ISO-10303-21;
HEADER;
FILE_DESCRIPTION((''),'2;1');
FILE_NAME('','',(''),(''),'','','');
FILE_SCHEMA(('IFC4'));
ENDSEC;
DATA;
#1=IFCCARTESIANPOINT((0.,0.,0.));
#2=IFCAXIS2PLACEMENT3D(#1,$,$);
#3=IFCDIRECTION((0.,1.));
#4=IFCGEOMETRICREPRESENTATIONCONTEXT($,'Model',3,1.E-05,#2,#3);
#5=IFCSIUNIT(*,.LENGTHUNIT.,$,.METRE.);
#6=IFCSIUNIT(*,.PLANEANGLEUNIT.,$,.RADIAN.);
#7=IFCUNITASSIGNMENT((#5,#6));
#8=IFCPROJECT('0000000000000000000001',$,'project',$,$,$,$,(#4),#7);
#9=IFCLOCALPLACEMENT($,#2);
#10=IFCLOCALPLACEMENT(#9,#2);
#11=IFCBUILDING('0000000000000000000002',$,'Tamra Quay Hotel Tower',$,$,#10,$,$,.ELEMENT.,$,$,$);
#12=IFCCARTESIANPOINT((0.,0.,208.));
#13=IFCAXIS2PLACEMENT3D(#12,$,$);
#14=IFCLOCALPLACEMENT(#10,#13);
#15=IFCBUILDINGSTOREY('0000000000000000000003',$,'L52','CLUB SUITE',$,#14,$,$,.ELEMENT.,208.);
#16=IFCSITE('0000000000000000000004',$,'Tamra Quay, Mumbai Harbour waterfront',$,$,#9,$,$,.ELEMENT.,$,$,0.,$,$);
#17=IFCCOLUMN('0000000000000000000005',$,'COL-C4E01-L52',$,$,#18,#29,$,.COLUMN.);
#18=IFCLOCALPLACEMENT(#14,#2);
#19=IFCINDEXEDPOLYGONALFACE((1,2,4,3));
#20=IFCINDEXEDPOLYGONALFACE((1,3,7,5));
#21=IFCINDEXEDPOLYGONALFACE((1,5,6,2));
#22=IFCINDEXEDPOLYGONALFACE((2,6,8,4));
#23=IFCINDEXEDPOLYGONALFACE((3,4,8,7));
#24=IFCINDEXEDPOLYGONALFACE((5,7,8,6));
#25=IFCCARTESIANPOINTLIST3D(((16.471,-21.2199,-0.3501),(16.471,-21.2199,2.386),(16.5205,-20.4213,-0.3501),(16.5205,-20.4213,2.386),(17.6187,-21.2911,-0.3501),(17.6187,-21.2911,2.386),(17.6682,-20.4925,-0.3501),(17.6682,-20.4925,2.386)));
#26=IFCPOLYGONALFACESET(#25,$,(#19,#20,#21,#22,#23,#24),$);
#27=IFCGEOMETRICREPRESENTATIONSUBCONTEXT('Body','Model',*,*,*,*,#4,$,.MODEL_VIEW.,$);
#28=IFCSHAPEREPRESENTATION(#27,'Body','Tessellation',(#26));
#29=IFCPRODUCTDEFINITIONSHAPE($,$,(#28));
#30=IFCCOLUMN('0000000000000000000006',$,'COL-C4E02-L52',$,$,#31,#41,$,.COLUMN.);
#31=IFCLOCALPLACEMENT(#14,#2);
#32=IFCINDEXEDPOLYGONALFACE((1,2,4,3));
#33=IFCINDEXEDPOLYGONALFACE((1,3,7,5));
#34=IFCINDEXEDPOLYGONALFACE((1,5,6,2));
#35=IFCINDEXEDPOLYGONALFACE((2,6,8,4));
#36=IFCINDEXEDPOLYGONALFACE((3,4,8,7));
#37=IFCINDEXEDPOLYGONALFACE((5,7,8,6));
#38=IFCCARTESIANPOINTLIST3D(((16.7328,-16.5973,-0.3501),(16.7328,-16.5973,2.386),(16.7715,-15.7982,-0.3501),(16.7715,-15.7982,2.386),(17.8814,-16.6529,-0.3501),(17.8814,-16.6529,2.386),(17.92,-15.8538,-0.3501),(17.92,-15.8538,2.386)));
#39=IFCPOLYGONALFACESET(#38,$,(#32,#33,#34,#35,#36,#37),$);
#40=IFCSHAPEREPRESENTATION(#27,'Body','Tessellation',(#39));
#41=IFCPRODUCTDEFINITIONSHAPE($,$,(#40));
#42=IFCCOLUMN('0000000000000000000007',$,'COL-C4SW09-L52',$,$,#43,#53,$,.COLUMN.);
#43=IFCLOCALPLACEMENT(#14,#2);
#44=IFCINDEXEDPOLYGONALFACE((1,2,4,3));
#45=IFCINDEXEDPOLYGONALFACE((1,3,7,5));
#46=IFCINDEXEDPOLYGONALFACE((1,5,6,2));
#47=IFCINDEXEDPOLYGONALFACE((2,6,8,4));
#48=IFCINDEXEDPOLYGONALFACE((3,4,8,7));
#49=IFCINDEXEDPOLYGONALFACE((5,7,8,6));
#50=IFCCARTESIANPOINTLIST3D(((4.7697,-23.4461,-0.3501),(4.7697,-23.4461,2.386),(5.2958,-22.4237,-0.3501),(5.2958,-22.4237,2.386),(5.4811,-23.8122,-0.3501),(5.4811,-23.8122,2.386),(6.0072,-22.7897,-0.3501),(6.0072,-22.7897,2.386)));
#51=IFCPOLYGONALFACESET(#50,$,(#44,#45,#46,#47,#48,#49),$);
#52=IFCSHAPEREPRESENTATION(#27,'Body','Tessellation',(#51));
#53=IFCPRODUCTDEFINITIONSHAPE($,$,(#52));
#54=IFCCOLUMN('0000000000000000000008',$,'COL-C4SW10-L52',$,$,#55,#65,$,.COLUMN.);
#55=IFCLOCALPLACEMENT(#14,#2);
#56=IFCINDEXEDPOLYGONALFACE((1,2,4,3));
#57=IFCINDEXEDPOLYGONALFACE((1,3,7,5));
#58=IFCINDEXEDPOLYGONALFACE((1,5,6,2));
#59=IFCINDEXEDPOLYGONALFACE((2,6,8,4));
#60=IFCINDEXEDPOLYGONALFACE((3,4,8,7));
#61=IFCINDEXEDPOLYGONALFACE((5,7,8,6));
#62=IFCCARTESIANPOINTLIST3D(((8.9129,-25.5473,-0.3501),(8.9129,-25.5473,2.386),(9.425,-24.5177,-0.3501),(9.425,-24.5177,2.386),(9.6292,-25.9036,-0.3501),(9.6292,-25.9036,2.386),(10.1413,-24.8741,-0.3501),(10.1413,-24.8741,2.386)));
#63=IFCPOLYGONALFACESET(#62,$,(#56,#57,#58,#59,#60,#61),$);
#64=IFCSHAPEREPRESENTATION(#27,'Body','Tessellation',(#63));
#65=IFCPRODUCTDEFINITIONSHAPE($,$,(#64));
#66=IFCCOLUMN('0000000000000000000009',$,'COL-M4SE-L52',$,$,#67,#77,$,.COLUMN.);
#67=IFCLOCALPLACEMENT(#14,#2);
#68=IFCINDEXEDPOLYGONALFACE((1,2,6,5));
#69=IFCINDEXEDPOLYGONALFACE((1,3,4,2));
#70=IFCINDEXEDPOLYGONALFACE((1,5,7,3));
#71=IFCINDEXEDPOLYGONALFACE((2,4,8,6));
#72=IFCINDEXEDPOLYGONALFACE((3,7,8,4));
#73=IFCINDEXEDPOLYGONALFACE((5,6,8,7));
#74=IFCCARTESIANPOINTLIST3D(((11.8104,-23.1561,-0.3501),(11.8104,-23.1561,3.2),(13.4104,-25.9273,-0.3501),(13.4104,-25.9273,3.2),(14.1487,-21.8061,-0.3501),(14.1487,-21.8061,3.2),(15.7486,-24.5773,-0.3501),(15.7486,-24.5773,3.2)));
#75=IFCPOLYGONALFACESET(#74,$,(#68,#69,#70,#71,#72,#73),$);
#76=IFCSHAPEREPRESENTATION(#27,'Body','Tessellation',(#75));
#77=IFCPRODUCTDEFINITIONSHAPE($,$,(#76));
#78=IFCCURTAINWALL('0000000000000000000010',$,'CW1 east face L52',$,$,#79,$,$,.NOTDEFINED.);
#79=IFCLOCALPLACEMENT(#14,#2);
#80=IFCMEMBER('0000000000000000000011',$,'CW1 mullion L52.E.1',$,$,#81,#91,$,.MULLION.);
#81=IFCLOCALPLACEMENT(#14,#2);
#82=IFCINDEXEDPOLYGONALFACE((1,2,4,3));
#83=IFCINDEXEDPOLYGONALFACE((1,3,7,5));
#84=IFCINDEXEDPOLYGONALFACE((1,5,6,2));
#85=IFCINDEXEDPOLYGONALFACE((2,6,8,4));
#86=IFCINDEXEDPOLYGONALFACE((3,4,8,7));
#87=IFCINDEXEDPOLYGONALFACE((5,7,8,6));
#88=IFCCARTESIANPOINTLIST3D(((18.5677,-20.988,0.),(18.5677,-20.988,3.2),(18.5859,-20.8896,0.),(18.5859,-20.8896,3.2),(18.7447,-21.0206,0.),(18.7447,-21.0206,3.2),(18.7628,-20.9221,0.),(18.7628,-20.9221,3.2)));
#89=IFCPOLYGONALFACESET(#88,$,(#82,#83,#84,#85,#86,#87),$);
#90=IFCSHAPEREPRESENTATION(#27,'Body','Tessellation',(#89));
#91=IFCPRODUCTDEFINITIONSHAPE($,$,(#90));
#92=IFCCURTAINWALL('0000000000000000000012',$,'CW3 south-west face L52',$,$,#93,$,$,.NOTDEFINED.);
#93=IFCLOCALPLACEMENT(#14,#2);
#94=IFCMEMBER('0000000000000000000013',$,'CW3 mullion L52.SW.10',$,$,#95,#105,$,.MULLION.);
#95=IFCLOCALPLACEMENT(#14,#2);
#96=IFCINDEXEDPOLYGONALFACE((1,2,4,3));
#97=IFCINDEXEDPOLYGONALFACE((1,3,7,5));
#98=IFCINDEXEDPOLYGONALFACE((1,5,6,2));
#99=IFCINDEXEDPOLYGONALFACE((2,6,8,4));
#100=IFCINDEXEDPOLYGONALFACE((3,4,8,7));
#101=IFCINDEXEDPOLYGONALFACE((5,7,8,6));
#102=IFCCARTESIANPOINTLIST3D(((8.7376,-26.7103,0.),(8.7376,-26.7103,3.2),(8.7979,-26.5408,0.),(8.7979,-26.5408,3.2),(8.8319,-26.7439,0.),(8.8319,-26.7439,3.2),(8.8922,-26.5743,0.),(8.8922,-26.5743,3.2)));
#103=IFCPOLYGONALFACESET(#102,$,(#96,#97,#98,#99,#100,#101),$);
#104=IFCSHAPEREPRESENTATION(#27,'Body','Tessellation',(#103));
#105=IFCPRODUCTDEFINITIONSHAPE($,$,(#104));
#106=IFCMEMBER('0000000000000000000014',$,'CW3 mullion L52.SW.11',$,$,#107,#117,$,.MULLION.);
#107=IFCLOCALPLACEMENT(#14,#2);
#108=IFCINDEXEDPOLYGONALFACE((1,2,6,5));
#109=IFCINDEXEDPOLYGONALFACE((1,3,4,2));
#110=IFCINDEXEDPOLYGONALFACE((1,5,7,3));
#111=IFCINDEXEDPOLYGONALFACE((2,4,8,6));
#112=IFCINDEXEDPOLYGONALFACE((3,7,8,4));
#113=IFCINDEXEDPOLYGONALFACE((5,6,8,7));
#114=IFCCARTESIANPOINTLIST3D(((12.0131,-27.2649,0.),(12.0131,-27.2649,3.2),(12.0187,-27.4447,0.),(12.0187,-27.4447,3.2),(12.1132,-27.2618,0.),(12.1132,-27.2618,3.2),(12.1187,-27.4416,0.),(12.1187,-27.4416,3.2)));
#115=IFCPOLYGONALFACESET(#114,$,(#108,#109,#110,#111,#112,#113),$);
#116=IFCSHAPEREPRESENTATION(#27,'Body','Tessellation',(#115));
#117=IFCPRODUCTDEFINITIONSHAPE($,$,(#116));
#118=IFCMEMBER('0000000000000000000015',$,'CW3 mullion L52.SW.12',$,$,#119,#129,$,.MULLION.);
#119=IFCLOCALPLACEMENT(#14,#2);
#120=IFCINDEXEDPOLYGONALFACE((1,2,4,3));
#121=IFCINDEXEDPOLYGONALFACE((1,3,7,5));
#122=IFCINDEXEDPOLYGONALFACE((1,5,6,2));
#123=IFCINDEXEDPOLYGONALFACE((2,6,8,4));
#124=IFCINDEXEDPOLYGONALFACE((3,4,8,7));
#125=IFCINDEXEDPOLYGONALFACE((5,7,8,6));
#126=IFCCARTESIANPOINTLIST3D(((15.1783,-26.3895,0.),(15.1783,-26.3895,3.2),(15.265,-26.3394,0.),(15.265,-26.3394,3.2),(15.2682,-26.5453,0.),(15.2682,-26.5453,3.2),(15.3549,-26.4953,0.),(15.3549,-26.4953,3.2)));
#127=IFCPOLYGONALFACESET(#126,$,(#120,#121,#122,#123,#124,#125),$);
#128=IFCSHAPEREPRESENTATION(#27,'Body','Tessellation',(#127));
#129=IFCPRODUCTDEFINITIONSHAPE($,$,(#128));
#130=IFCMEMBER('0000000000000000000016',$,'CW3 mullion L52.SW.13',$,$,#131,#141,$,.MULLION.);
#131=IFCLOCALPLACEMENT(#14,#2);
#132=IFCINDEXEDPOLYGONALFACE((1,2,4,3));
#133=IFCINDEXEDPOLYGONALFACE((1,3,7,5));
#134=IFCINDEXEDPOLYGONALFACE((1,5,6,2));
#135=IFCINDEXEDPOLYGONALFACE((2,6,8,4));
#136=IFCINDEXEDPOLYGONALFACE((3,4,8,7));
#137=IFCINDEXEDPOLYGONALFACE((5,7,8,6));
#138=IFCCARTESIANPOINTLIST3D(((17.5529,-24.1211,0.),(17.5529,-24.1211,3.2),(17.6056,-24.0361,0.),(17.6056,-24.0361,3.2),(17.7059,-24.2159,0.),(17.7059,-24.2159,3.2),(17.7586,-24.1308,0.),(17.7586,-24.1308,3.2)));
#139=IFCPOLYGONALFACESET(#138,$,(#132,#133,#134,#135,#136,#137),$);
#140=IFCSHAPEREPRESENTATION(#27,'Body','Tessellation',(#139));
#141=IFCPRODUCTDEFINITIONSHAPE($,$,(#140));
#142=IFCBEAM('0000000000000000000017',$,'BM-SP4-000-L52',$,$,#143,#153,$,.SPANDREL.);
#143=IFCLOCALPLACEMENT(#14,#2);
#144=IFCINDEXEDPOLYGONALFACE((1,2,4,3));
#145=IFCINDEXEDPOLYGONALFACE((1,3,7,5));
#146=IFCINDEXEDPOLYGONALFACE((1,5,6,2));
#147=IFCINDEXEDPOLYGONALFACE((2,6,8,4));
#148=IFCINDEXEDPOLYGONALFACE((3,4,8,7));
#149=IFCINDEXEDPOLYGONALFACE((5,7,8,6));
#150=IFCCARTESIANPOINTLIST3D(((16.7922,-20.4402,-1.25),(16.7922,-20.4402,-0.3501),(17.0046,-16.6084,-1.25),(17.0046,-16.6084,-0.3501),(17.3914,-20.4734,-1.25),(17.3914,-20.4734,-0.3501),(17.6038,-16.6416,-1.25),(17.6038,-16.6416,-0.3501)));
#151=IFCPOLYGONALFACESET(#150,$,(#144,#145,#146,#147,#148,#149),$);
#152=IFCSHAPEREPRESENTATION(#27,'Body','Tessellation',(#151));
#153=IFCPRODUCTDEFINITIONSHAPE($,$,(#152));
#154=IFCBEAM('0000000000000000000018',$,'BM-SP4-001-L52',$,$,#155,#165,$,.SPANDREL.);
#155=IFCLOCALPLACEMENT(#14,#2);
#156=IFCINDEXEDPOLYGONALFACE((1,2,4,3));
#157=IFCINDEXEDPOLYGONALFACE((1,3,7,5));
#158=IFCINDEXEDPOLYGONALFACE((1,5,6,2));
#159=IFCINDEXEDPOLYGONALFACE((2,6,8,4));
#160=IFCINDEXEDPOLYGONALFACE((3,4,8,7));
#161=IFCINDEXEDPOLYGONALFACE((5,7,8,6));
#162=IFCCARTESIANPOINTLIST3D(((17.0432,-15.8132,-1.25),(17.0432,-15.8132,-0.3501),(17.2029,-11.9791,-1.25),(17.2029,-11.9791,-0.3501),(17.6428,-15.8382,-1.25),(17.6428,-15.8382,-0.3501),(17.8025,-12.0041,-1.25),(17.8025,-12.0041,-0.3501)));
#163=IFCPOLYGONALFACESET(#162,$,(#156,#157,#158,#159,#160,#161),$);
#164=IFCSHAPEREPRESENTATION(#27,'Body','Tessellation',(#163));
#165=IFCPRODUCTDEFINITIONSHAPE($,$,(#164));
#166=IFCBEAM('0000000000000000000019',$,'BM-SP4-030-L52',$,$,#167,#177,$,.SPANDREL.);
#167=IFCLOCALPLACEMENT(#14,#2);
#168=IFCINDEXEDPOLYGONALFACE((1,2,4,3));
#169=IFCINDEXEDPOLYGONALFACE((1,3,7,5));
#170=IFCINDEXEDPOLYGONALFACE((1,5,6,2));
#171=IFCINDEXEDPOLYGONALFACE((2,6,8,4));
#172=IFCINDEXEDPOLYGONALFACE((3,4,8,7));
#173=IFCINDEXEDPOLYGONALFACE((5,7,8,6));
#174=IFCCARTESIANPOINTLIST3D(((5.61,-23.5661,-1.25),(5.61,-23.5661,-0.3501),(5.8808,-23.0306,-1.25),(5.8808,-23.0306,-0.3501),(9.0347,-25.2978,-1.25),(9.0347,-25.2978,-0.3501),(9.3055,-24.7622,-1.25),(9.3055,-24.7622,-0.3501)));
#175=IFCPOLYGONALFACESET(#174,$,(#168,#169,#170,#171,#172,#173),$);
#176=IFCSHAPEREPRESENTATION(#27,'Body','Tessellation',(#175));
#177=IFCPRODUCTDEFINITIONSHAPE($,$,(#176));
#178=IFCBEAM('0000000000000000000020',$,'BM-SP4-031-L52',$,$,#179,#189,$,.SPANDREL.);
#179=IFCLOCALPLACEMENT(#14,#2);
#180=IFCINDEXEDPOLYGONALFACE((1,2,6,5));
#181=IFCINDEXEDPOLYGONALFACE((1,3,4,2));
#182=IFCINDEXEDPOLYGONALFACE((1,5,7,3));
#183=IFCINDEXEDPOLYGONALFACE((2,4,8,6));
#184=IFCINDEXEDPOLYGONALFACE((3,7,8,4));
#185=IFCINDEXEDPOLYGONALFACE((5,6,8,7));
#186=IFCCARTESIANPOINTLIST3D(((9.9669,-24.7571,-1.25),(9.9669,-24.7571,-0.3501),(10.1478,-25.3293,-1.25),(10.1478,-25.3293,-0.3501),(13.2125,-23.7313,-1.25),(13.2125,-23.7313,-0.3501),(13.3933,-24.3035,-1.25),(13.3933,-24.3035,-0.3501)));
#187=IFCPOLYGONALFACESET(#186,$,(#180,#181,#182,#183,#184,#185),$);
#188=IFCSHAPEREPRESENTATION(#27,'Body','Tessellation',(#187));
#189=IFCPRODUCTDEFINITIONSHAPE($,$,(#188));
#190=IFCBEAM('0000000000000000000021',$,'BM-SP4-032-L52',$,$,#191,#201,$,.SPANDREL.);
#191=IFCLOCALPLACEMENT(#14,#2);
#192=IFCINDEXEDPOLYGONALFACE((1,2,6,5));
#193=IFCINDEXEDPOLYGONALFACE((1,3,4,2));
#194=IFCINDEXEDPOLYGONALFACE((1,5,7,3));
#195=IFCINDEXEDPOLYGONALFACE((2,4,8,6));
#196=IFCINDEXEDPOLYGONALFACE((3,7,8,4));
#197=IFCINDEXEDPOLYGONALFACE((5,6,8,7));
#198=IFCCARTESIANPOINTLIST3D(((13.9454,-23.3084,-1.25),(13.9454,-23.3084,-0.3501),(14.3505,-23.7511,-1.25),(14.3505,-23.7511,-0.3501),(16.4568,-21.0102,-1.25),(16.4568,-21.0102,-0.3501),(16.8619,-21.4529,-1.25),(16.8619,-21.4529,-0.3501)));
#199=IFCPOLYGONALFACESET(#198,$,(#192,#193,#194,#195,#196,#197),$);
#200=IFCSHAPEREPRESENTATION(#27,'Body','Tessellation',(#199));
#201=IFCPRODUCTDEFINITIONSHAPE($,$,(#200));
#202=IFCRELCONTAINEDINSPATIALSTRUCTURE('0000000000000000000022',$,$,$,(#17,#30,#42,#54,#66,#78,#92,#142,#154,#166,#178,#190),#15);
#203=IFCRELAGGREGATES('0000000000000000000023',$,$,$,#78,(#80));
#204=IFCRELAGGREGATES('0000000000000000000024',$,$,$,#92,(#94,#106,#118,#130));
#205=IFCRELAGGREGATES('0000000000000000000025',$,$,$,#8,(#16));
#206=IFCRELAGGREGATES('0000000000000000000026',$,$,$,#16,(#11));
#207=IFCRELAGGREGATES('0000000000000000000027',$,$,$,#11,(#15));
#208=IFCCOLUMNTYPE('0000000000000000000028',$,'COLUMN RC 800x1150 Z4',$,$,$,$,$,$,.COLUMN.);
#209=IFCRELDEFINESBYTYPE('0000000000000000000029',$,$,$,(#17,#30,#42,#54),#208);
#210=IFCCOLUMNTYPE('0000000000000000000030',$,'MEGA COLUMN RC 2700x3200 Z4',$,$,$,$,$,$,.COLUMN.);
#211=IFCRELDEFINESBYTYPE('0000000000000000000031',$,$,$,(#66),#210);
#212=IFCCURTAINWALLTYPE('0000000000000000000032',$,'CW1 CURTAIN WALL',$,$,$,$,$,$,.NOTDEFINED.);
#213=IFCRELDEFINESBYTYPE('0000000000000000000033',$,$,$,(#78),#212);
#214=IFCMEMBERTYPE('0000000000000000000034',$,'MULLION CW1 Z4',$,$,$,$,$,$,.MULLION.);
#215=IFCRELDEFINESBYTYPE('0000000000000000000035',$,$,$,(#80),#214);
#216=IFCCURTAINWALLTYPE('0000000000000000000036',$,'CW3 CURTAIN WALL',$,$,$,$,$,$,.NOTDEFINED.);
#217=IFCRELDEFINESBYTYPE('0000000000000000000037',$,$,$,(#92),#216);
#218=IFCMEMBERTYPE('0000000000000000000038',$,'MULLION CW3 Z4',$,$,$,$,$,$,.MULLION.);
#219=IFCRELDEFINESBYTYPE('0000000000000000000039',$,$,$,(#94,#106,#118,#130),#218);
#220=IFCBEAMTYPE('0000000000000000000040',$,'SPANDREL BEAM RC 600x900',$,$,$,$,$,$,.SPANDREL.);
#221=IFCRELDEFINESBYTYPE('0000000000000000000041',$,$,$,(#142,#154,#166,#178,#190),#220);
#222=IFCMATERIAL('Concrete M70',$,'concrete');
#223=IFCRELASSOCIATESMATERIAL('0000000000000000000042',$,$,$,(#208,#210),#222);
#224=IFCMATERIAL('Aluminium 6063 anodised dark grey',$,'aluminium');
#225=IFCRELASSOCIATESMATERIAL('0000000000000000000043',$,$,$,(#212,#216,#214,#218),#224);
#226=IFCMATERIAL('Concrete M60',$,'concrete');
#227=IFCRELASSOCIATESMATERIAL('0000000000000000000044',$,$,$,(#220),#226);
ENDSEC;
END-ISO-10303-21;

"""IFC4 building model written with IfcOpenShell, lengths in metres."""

from ifc_helpers import new_model, si_unit, direction, frame, origin, origin_2d, place, context, subcontext, project, spatial, rectangle, extrude, material, material_profile, profile_set, type_object, element, aggregate, save


model = new_model("IFC4")

# Units and contexts
model_context = context("Model", 3, precision=1e-05, world=origin(), true_north=direction((0.0, 1.0)))
body_context = subcontext(model_context, "Body", "Model", "MODEL_VIEW")
ifc_project = project(units=[si_unit("LENGTHUNIT", "METRE"), si_unit("PLANEANGLEUNIT", "RADIAN")], contexts=[model_context])

# Site, building, storey
site_placement = place(None, origin())
site = spatial("IfcSite", under=ifc_project, at=site_placement, Name="Tamra Quay, Mumbai Harbour waterfront", CompositionType="ELEMENT", RefElevation=0.0)
building_placement = place(site_placement, origin())
building = spatial("IfcBuilding", under=site, at=building_placement, Name="Tamra Quay Hotel Tower", CompositionType="ELEMENT")
storey_placement = place(building_placement, frame((0.0, 0.0, 208.0)))
storey = spatial("IfcBuildingStorey", under=building, at=storey_placement, Name="L52", Description="CLUB SUITE", CompositionType="ELEMENT", Elevation=208.0)

# Columns
ifc_material_1 = material(Name="Concrete M70", Category="concrete")
ifc_material_profile_1 = material_profile(ifc_material_1, rectangle(XDim=1.1499, YDim=0.8, at=origin_2d()), Name="COLUMN RC 800x1150 Z4")
ifc_profile_set_1 = profile_set([ifc_material_profile_1], Name="Concrete M70")
column_type_1 = type_object("IfcColumnType", Name="COLUMN RC 800x1150 Z4", PredefinedType="COLUMN", material=ifc_profile_set_1)
for number, where, z_axis, x_axis, name in (
    (1, (17.0696, -20.8562, -0.3501), (0.0, 0.0, 1.0), (-0.998081, 0.061921, 0.0), "COL-C4E01-L52"),
    (2, (17.3264, -16.2256, -0.3501), (0.0, 0.0, 1.0), (-0.998831, 0.048344, 0.0), "COL-C4E02-L52"),
    (3, (5.3884, -23.1179, -0.3501), (0.0, 0.0, 1.0), (0.457548, 0.889185, 0.0), "COL-C4SW09-L52"),
    (4, (9.5271, -25.2107, -0.3501), (0.0, 0.0, 1.0), (0.445415, 0.895324, 0.0), "COL-C4SW10-L52"),
):
    element("IfcColumn", number, at=place(storey_placement, frame(where, z_axis=z_axis, x_axis=x_axis)), inside=storey, type_object=column_type_1, Name=name, PredefinedType="COLUMN", context=body_context, shape_type="SweptSolid", body=[
        extrude(rectangle(XDim=1.1499, YDim=0.8, at=origin_2d()), origin(), (0.0, 0.0, 1.0), 2.7361),
    ])
ifc_material_profile_2 = material_profile(ifc_material_1, rectangle(XDim=3.2, YDim=2.7, at=origin_2d()), Name="MEGA COLUMN RC 2700x3200 Z4")
ifc_profile_set_2 = profile_set([ifc_material_profile_2], Name="Concrete M70")
column_type_2 = type_object("IfcColumnType", Name="MEGA COLUMN RC 2700x3200 Z4", PredefinedType="COLUMN", material=ifc_profile_set_2)
column_placement = place(storey_placement, frame((13.7795, -23.8667, -0.3501), z_axis=(0.0, 0.0, 1.0), x_axis=(-0.5, 0.866025, 0.0)))
element("IfcColumn", 5, at=column_placement, inside=storey, type_object=column_type_2, Name="COL-M4SE-L52", PredefinedType="COLUMN", context=body_context, shape_type="SweptSolid", body=[
    extrude(rectangle(XDim=3.2, YDim=2.7, at=origin_2d()), origin(), (0.0, 0.0, 1.0), 3.55),
])

# Curtain wall, member
ifc_material_2 = material(Name="Aluminium 6063 anodised dark grey", Category="aluminium")
curtain_wall_type_1 = type_object("IfcCurtainWallType", Name="CW1 CURTAIN WALL", PredefinedType="NOTDEFINED", material=ifc_material_2)
curtain_wall_1_placement = place(storey_placement, origin())
curtain_wall_1 = element("IfcCurtainWall", 6, at=curtain_wall_1_placement, inside=storey, type_object=curtain_wall_type_1, Name="CW1 east face L52", PredefinedType="NOTDEFINED")
ifc_material_profile_3 = material_profile(ifc_material_2, rectangle(XDim=0.1799, YDim=0.1001, at=origin_2d()), Name="MULLION 100X180")
ifc_profile_set_3 = profile_set([ifc_material_profile_3], Name="Aluminium 6063 anodised dark grey")
member_type_1 = type_object("IfcMemberType", Name="MULLION CW1 Z4", PredefinedType="MULLION", material=ifc_profile_set_3)
member_1_placement = place(storey_placement, frame((18.6653, -20.9551, 0.0), z_axis=(0.0, 0.0, 1.0), x_axis=(0.983509, -0.180857, 0.0)))
member_1 = element("IfcMember", 7, at=member_1_placement, type_object=member_type_1, Name="CW1 mullion L52.E.1", PredefinedType="MULLION", context=body_context, shape_type="SweptSolid", body=[
    extrude(rectangle(XDim=0.1799, YDim=0.1001, at=origin_2d()), origin(), (0.0, 0.0, 1.0), 3.2),
])

# Curtain wall, members
curtain_wall_type_2 = type_object("IfcCurtainWallType", Name="CW3 CURTAIN WALL", PredefinedType="NOTDEFINED", material=ifc_material_2)
curtain_wall_2_placement = place(storey_placement, origin())
curtain_wall_2 = element("IfcCurtainWall", 8, at=curtain_wall_2_placement, inside=storey, type_object=curtain_wall_type_2, Name="CW3 south-west face L52", PredefinedType="NOTDEFINED")
ifc_material_profile_4 = material_profile(ifc_material_2, rectangle(XDim=0.1799, YDim=0.1001, at=origin_2d()), Name="MULLION 100X180")
ifc_profile_set_4 = profile_set([ifc_material_profile_4], Name="Aluminium 6063 anodised dark grey")
member_type_2 = type_object("IfcMemberType", Name="MULLION CW3 Z4", PredefinedType="MULLION", material=ifc_profile_set_4)
member_2_placement = place(storey_placement, frame((8.8149, -26.6423, 0.0), z_axis=(0.0, 0.0, 1.0), x_axis=(-0.335128, -0.942173, 0.0)))
member_2 = element("IfcMember", 9, at=member_2_placement, type_object=member_type_2, Name="CW3 mullion L52.SW.10", PredefinedType="MULLION", context=body_context, shape_type="SweptSolid", body=[
    extrude(rectangle(XDim=0.1799, YDim=0.1001, at=origin_2d()), origin(), (0.0, 0.0, 1.0), 3.2),
])
member_3_placement = place(storey_placement, frame((12.0659, -27.3533, 0.0), z_axis=(0.0, 0.0, 1.0), x_axis=(0.030975, -0.99952, 0.0)))
member_3 = element("IfcMember", 10, at=member_3_placement, type_object=member_type_2, Name="CW3 mullion L52.SW.11", PredefinedType="MULLION", context=body_context, shape_type="SweptSolid", body=[
    extrude(rectangle(XDim=0.1799, YDim=0.1001, at=origin_2d()), origin(), (0.0, 0.0, 1.0), 3.2),
])
member_4_placement = place(storey_placement, frame((15.2666, -26.4424, 0.0), z_axis=(0.0, 0.0, 1.0), x_axis=(0.5, -0.866025, 0.0)))
member_4 = element("IfcMember", 11, at=member_4_placement, type_object=member_type_2, Name="CW3 mullion L52.SW.12", PredefinedType="MULLION", context=body_context, shape_type="SweptSolid", body=[
    extrude(rectangle(XDim=0.1799, YDim=0.1001, at=origin_2d()), origin(), (0.0, 0.0, 1.0), 3.2),
])
member_5_placement = place(storey_placement, frame((17.6558, -24.126, 0.0), z_axis=(0.0, 0.0, 1.0), x_axis=(0.850122, -0.526586, 0.0)))
member_5 = element("IfcMember", 12, at=member_5_placement, type_object=member_type_2, Name="CW3 mullion L52.SW.13", PredefinedType="MULLION", context=body_context, shape_type="SweptSolid", body=[
    extrude(rectangle(XDim=0.1799, YDim=0.1001, at=origin_2d()), origin(), (0.0, 0.0, 1.0), 3.2),
])

# Beams
ifc_material_3 = material(Name="Concrete M60", Category="concrete")
ifc_material_profile_5 = material_profile(ifc_material_3, rectangle(XDim=0.6001, YDim=0.8999, at=origin_2d()), Name="SPANDREL BEAM RC 600x900")
ifc_profile_set_5 = profile_set([ifc_material_profile_5], Name="Concrete M60")
beam_type = type_object("IfcBeamType", Name="SPANDREL BEAM RC 600x900", PredefinedType="SPANDREL", material=ifc_profile_set_5)
beam_1_placement = place(storey_placement, frame((17.0918, -20.4568, -0.8), z_axis=(0.055347, 0.998467, 0.0), x_axis=(-0.998467, 0.055347, 0.0)))
element("IfcBeam", 13, at=beam_1_placement, inside=storey, type_object=beam_type, Name="BM-SP4-000-L52", PredefinedType="SPANDREL", context=body_context, shape_type="SweptSolid", body=[
    extrude(rectangle(XDim=0.6001, YDim=0.8999, at=origin_2d()), origin(), (0.0, 0.0, 1.0), 3.8376),
])
beam_2_placement = place(storey_placement, frame((17.343, -15.8257, -0.8), z_axis=(0.041609, 0.999134, 0.0), x_axis=(-0.999134, 0.041609, 0.0)))
element("IfcBeam", 14, at=beam_2_placement, inside=storey, type_object=beam_type, Name="BM-SP4-001-L52", PredefinedType="SPANDREL", context=body_context, shape_type="SweptSolid", body=[
    extrude(rectangle(XDim=0.6001, YDim=0.8999, at=origin_2d()), origin(), (0.0, 0.0, 1.0), 3.8374),
])
beam_3_placement = place(storey_placement, frame((5.7454, -23.2983, -0.8), z_axis=(0.892408, -0.45123, 0.0), x_axis=(0.45123, 0.892408, 0.0)))
element("IfcBeam", 15, at=beam_3_placement, inside=storey, type_object=beam_type, Name="BM-SP4-030-L52", PredefinedType="SPANDREL", context=body_context, shape_type="SweptSolid", body=[
    extrude(rectangle(XDim=0.6001, YDim=0.8999, at=origin_2d()), origin(), (0.0, 0.0, 1.0), 3.8376),
])
beam_4_placement = place(storey_placement, frame((10.0574, -25.0432, -0.8), z_axis=(0.953502, 0.301385, 0.0), x_axis=(-0.301385, 0.953502, 0.0)))
element("IfcBeam", 16, at=beam_4_placement, inside=storey, type_object=beam_type, Name="BM-SP4-031-L52", PredefinedType="SPANDREL", context=body_context, shape_type="SweptSolid", body=[
    extrude(rectangle(XDim=0.6001, YDim=0.8999, at=origin_2d()), origin(), (0.0, 0.0, 1.0), 3.4038),
])
beam_5_placement = place(storey_placement, frame((14.1479, -23.5298, -0.8), z_axis=(0.737716, 0.675111, 0.0), x_axis=(-0.675111, 0.737716, 0.0)))
element("IfcBeam", 17, at=beam_5_placement, inside=storey, type_object=beam_type, Name="BM-SP4-032-L52", PredefinedType="SPANDREL", context=body_context, shape_type="SweptSolid", body=[
    extrude(rectangle(XDim=0.6001, YDim=0.8999, at=origin_2d()), origin(), (0.0, 0.0, 1.0), 3.4043),
])

aggregate(curtain_wall_1, [member_1])
aggregate(curtain_wall_2, [member_2, member_3, member_4, member_5])

save(model, "model.ifc")
